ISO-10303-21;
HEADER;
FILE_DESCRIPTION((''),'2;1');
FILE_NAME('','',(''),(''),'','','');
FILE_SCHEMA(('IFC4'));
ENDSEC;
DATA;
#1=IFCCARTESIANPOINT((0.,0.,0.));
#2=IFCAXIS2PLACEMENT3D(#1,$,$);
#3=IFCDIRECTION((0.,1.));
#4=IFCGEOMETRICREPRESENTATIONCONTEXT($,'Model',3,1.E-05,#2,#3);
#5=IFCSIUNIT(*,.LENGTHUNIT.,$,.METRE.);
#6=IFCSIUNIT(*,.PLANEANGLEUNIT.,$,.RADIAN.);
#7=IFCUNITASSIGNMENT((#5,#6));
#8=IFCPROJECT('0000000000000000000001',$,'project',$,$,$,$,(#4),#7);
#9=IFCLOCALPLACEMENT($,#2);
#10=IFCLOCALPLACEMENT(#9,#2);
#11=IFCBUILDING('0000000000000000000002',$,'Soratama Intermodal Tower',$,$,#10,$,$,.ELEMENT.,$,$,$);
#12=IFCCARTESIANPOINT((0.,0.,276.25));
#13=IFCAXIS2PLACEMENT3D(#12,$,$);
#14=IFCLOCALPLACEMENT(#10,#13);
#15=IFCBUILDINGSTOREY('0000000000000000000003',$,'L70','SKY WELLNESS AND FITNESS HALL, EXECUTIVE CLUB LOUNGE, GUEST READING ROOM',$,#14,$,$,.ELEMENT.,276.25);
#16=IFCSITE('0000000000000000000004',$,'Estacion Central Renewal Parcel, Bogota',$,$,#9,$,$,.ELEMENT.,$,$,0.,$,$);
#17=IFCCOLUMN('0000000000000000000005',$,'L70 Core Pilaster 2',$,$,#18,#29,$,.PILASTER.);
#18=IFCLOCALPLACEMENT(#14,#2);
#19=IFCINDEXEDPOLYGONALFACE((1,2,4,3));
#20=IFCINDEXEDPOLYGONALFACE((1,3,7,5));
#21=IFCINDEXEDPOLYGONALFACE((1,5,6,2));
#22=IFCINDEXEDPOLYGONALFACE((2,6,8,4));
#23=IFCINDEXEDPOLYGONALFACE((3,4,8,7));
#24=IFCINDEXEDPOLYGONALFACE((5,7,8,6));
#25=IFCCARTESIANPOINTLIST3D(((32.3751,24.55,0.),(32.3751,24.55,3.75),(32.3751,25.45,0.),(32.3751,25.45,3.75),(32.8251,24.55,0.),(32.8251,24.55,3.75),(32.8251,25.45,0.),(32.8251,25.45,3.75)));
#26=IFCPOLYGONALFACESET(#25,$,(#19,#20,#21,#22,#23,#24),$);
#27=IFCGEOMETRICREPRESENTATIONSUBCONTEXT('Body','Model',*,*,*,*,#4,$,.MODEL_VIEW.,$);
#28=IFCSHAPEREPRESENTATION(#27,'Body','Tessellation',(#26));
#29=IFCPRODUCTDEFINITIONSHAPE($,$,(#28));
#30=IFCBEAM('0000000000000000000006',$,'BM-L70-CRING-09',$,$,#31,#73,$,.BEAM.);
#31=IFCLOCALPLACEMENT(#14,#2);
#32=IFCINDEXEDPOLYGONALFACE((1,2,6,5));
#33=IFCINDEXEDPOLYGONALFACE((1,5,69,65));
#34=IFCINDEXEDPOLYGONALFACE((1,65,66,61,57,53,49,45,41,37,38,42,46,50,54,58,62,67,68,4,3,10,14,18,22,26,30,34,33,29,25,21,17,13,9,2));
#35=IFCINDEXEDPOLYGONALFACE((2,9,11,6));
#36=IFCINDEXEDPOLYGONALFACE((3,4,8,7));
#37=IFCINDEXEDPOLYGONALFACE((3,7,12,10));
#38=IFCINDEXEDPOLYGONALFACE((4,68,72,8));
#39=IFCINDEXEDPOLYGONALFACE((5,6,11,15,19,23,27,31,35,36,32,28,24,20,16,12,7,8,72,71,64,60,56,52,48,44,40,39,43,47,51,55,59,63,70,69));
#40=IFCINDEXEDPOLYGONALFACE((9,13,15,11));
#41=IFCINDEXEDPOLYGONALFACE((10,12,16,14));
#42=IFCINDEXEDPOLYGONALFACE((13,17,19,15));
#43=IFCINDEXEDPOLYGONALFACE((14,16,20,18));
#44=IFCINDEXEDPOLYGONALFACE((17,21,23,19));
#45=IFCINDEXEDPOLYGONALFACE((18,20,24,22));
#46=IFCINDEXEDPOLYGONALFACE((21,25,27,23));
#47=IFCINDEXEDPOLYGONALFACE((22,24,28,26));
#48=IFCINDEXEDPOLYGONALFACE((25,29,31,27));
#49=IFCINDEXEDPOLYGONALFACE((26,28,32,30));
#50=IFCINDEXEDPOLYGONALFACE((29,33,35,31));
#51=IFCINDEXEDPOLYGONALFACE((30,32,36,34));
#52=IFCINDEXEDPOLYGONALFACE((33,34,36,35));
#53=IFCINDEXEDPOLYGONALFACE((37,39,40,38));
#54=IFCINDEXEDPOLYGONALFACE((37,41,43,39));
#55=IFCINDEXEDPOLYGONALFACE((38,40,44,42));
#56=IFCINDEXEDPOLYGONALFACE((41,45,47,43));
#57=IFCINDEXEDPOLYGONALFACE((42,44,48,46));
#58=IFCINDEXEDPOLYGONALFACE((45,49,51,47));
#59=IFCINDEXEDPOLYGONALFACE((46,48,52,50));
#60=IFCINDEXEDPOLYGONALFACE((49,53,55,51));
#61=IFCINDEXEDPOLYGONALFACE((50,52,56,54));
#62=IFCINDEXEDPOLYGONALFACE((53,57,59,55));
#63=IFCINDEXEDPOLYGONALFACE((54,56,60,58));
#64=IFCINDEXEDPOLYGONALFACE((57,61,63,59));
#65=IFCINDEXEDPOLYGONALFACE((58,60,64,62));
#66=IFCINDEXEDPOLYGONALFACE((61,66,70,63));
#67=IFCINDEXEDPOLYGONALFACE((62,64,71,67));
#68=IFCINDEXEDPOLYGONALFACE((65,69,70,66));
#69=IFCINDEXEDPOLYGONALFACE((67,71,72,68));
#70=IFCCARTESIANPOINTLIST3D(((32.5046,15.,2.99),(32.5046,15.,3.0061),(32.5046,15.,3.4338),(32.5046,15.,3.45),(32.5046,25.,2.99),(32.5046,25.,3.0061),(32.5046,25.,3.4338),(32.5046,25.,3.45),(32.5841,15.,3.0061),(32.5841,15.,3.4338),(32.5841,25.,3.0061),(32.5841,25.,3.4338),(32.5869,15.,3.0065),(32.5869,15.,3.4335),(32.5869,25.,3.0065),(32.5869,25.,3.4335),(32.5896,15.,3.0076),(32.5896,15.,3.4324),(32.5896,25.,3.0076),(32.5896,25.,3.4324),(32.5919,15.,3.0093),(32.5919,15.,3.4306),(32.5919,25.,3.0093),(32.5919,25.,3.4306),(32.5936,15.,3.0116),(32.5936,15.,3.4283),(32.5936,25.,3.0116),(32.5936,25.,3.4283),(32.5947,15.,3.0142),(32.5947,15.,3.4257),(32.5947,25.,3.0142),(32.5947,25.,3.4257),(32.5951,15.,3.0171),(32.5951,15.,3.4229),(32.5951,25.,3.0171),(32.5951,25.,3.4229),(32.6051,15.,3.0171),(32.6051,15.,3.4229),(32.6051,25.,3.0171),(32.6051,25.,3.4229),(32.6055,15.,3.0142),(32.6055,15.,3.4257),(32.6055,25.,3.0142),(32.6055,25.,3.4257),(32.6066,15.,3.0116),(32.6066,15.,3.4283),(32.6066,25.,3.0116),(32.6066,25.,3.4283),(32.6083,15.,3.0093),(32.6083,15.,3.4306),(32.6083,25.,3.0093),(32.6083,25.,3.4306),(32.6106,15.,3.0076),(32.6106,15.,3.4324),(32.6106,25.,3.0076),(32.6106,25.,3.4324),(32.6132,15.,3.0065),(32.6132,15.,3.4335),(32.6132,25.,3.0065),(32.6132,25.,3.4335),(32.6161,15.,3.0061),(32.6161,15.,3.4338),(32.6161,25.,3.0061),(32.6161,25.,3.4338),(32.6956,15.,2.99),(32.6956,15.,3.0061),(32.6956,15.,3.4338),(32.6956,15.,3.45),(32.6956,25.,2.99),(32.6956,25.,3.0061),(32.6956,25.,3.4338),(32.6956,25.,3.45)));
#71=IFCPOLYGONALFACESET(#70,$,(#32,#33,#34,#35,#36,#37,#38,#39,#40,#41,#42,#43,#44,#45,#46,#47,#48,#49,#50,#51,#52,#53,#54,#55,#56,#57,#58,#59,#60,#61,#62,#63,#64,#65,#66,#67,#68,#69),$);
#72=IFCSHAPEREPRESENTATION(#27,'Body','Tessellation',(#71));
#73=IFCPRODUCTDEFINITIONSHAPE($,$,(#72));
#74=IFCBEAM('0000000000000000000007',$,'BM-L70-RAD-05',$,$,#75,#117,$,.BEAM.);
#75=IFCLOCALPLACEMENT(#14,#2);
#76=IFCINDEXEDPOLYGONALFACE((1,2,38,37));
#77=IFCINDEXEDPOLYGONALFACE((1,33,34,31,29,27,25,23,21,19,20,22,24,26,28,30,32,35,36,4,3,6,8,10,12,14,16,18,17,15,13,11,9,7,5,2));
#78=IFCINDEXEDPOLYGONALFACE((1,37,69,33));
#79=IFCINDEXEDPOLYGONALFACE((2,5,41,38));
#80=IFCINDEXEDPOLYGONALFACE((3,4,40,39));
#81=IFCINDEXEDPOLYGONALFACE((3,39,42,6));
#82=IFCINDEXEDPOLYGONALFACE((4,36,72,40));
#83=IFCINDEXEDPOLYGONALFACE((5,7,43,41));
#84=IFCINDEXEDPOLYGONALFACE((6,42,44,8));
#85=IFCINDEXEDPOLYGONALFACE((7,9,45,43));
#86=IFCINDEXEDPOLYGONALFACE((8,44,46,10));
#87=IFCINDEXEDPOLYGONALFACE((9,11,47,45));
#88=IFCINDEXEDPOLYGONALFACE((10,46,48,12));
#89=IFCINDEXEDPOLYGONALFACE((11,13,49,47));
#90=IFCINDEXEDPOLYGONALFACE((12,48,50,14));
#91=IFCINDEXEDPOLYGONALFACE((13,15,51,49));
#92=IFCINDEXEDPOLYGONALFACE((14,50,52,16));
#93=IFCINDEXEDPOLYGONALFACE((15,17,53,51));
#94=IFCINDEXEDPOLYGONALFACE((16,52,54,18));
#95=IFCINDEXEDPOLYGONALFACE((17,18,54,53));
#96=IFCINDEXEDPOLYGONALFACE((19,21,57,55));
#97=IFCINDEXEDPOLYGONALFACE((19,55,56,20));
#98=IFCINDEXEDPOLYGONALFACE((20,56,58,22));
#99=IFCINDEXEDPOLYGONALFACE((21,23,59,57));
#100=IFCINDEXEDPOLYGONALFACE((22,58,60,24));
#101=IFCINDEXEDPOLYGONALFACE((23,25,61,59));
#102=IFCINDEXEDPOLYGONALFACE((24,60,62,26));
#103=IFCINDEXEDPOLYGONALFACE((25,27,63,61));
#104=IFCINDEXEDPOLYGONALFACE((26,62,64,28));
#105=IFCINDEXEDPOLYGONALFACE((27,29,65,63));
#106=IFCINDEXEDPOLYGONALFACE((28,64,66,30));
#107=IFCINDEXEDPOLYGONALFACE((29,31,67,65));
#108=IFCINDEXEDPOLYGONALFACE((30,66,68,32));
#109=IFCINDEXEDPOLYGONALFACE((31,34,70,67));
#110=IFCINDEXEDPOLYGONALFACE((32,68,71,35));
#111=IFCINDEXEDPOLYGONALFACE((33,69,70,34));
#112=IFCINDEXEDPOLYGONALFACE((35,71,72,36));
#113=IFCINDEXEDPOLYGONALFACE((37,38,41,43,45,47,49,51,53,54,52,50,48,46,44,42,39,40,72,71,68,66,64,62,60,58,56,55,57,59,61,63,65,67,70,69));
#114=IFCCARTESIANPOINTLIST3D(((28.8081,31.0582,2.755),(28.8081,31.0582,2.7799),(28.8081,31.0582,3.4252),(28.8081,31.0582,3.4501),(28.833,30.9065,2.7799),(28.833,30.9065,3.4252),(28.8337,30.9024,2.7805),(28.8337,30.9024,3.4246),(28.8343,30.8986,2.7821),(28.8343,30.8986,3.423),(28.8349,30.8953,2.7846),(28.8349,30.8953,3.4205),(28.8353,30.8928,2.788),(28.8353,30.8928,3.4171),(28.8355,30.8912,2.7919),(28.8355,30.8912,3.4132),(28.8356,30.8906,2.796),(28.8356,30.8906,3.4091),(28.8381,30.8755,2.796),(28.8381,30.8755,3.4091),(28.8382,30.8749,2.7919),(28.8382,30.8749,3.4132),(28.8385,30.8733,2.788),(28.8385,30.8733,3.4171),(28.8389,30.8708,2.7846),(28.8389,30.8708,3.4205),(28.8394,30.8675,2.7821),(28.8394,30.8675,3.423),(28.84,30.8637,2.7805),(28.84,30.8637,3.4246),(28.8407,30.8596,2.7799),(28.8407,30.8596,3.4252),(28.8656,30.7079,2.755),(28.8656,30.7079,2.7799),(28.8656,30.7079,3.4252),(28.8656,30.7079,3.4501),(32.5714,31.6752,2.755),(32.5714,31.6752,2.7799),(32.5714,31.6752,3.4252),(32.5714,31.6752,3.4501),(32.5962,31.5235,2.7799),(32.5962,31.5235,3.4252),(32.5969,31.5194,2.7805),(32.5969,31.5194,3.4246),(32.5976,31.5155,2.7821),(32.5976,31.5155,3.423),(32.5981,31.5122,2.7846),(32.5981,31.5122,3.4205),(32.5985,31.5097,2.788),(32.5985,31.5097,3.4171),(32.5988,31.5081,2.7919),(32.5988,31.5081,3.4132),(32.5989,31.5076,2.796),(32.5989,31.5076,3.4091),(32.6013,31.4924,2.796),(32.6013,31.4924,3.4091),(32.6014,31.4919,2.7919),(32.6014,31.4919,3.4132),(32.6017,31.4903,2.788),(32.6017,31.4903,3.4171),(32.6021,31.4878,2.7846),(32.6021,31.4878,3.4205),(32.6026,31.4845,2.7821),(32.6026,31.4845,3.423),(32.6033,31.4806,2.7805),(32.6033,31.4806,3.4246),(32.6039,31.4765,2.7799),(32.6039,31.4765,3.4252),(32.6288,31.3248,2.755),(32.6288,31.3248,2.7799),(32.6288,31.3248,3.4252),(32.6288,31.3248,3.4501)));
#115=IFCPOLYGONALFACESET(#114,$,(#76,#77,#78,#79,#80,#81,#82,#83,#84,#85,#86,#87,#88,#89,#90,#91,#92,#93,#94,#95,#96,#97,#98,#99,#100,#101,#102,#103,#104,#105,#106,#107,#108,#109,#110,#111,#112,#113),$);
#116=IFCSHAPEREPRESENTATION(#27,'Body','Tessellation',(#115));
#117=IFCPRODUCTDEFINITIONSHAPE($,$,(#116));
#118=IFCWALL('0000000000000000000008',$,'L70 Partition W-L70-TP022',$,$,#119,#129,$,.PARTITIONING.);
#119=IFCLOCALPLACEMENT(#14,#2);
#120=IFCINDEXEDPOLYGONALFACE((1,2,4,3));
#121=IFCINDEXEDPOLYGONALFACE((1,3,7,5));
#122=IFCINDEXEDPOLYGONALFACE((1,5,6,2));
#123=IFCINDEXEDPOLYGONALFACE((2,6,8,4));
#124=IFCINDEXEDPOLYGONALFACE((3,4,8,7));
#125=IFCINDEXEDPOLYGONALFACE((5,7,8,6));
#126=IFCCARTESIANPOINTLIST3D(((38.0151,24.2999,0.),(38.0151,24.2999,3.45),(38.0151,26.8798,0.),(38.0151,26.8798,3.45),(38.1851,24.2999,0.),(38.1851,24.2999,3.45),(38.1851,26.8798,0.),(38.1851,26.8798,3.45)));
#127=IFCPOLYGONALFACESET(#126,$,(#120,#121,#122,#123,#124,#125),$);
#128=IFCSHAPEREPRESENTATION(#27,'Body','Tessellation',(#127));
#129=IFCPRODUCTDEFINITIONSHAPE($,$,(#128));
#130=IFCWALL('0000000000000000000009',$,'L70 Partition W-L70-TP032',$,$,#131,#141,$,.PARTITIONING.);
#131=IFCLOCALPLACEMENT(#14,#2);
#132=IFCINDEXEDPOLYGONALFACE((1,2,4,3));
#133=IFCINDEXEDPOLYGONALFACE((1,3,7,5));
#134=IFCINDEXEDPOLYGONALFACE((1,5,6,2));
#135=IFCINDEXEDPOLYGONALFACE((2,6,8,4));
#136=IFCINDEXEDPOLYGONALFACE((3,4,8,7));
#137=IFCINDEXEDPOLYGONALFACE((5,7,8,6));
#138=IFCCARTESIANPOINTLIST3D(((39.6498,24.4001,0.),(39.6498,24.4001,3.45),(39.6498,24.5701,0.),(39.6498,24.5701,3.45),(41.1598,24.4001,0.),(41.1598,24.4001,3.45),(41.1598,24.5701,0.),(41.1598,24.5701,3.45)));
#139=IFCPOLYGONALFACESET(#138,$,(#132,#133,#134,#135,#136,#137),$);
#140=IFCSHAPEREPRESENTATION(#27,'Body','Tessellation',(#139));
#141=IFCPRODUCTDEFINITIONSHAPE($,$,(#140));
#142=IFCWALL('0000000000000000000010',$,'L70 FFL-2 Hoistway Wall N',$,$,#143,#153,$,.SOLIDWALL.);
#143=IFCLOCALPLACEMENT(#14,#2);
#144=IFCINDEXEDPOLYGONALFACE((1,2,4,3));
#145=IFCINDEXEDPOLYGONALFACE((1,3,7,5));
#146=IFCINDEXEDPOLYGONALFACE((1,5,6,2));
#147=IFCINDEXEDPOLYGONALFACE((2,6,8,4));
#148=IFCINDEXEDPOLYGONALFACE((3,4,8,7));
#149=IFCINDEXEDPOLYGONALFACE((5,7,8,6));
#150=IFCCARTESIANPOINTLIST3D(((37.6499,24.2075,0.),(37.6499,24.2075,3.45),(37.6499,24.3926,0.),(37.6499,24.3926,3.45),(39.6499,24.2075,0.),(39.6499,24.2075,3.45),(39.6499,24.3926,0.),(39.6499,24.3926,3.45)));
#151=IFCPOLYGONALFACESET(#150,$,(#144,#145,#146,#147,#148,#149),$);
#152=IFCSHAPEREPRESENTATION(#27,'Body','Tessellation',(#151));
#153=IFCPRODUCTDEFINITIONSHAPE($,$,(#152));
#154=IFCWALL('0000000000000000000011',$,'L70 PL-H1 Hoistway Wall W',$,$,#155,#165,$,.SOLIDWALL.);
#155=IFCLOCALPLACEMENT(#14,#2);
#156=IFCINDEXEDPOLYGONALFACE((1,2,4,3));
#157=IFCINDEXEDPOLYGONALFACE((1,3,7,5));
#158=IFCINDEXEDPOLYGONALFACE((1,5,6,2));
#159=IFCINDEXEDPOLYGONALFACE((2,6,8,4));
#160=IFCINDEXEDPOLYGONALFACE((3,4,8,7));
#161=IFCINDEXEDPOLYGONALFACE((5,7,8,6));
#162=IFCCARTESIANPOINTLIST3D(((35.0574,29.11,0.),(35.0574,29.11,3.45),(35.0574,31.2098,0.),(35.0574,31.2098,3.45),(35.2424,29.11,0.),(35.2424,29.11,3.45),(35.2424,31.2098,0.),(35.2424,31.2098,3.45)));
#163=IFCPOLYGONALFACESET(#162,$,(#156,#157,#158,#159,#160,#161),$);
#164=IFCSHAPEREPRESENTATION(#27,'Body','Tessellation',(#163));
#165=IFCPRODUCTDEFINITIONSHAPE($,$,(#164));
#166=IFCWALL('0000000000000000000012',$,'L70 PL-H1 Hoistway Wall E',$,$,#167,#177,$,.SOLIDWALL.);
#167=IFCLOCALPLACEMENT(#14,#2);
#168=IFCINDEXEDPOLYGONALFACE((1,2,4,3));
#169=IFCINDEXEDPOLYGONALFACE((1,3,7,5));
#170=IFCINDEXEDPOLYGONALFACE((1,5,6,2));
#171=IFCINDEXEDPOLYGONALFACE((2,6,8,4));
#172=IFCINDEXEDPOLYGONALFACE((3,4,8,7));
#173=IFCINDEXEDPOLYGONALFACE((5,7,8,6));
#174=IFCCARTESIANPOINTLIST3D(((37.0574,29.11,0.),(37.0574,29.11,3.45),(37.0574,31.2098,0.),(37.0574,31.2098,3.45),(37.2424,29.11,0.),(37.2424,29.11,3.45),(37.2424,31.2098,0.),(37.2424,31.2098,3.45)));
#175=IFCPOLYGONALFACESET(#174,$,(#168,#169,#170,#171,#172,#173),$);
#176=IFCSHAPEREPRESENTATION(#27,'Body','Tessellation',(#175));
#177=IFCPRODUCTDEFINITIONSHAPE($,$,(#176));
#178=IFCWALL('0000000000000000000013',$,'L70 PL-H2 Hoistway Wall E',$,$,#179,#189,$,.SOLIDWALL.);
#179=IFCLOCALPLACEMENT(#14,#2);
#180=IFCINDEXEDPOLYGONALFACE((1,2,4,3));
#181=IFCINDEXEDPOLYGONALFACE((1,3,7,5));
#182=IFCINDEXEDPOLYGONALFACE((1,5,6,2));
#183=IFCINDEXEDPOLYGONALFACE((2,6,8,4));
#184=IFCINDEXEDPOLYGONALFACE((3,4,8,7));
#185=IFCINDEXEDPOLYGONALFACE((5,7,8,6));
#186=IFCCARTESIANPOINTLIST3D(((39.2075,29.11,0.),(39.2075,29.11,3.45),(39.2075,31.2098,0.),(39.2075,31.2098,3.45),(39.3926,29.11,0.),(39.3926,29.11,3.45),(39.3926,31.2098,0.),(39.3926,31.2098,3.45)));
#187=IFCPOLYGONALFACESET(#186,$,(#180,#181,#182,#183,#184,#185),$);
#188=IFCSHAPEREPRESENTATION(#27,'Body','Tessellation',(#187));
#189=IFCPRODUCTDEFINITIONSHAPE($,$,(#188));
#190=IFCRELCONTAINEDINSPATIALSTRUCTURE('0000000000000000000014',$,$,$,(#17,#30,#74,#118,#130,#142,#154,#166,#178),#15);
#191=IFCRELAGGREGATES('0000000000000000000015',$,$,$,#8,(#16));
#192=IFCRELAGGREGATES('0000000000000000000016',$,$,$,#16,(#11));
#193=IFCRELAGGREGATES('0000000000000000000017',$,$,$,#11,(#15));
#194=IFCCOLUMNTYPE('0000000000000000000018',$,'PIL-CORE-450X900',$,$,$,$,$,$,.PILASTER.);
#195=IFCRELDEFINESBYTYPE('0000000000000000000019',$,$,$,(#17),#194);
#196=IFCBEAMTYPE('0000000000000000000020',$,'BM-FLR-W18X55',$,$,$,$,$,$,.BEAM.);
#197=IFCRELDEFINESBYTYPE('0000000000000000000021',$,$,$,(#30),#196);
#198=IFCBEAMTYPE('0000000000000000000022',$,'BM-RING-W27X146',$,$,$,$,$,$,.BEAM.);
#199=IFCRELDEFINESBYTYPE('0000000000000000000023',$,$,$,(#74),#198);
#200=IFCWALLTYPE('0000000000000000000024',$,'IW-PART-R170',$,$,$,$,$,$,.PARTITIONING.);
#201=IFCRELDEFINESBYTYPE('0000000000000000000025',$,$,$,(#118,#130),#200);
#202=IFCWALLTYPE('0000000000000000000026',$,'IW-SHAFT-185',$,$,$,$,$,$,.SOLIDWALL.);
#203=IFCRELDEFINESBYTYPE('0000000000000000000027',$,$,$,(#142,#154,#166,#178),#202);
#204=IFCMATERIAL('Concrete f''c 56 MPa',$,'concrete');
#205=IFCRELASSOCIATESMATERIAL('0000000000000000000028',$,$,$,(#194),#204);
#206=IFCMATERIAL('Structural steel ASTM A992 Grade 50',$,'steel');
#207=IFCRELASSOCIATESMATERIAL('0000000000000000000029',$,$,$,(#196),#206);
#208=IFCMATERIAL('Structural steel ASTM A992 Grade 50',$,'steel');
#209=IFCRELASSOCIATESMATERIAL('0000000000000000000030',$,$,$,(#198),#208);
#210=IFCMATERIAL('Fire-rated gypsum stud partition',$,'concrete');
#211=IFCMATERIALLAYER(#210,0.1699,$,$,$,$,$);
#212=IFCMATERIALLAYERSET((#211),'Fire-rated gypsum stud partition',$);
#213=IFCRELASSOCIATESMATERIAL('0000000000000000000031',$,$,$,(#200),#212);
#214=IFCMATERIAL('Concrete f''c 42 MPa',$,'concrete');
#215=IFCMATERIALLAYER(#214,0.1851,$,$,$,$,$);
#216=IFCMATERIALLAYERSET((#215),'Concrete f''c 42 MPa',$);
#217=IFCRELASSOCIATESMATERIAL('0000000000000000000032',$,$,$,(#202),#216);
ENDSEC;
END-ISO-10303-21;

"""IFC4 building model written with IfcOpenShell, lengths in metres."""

from ifc_helpers import new_model, si_unit, direction, frame, frame_2d, origin, origin_2d, place, context, subcontext, project, spatial, rectangle, i_section, extrude, material, layer, layer_set, material_profile, profile_set, type_object, element, save


model = new_model("IFC4")

# Units and contexts
model_context = context("Model", 3, precision=1e-05, world=origin(), true_north=direction((0.0, 1.0)))
body_context = subcontext(model_context, "Body", "Model", "MODEL_VIEW")
ifc_project = project(units=[si_unit("LENGTHUNIT", "METRE"), si_unit("PLANEANGLEUNIT", "RADIAN")], contexts=[model_context])

# Site, building, storey
site_placement = place(None, origin())
site = spatial("IfcSite", under=ifc_project, at=site_placement, Name="Estacion Central Renewal Parcel, Bogota", CompositionType="ELEMENT", RefElevation=0.0)
building_placement = place(site_placement, origin())
building = spatial("IfcBuilding", under=site, at=building_placement, Name="Soratama Intermodal Tower", CompositionType="ELEMENT")
storey_placement = place(building_placement, frame((0.0, 0.0, 276.25)))
storey = spatial("IfcBuildingStorey", under=building, at=storey_placement, Name="L70", Description="SKY WELLNESS AND FITNESS HALL, EXECUTIVE CLUB LOUNGE, GUEST READING ROOM", CompositionType="ELEMENT", Elevation=276.25)

# Column
ifc_material_1 = material(Name="Concrete f'c 56 MPa", Category="concrete")
ifc_material_profile_1 = material_profile(ifc_material_1, rectangle(XDim=0.45, YDim=0.8999, at=origin_2d()), Name="RC450X900")
ifc_profile_set_1 = profile_set([ifc_material_profile_1], Name="Concrete f'c 56 MPa")
column_type = type_object("IfcColumnType", Name="PIL-CORE-450X900", PredefinedType="PILASTER", material=ifc_profile_set_1)
column_placement = place(storey_placement, frame((32.6001, 25.0, 0.0), z_axis=(0.0, 0.0, 1.0), x_axis=(1.0, 0.0, 0.0)))
element("IfcColumn", 1, at=column_placement, inside=storey, type_object=column_type, Name="L70 Core Pilaster 2", PredefinedType="PILASTER", context=body_context, shape_type="SweptSolid", body=[
    extrude(rectangle(XDim=0.45, YDim=0.8999, at=origin_2d()), origin(), (0.0, 0.0, 1.0), 3.75),
])

# Beams
ifc_material_2 = material(Name="Structural steel ASTM A992 Grade 50", Category="steel")
ifc_material_profile_2 = material_profile(ifc_material_2, i_section(OverallWidth=0.1909, OverallDepth=0.46, WebThickness=0.01, FlangeThickness=0.0161, FilletRadius=0.011, at=origin_2d()), Name="W18X55")
ifc_profile_set_2 = profile_set([ifc_material_profile_2], Name="Structural steel ASTM A992 Grade 50")
beam_type_1 = type_object("IfcBeamType", Name="BM-FLR-W18X55", PredefinedType="BEAM", material=ifc_profile_set_2)
beam_1_placement = place(storey_placement, frame((32.6001, 25.0, 3.22), z_axis=(0.0, -1.0, 0.0), x_axis=(1.0, 0.0, 0.0)))
element("IfcBeam", 2, at=beam_1_placement, inside=storey, type_object=beam_type_1, Name="BM-L70-CRING-09", PredefinedType="BEAM", context=body_context, shape_type="SweptSolid", body=[
    extrude(i_section(OverallWidth=0.1909, OverallDepth=0.46, WebThickness=0.01, FlangeThickness=0.0161, FilletRadius=0.011, at=origin_2d()), origin(), (0.0, 0.0, 1.0), 10.0),
])
ifc_material_3 = material(Name="Structural steel ASTM A992 Grade 50", Category="steel")
ifc_material_profile_3 = material_profile(ifc_material_3, i_section(OverallWidth=0.355, OverallDepth=0.6951, WebThickness=0.0154, FlangeThickness=0.0249, FilletRadius=0.0161, at=origin_2d()), Name="W27X146")
ifc_profile_set_3 = profile_set([ifc_material_profile_3], Name="Structural steel ASTM A992 Grade 50")
beam_type_2 = type_object("IfcBeamType", Name="BM-RING-W27X146", PredefinedType="BEAM", material=ifc_profile_set_3)
beam_2_placement = place(storey_placement, frame((32.6001, 31.5, 3.1025), z_axis=(-0.986826, -0.161782, 0.0), x_axis=(0.161782, -0.986826, 0.0)))
element("IfcBeam", 3, at=beam_2_placement, inside=storey, type_object=beam_type_2, Name="BM-L70-RAD-05", PredefinedType="BEAM", context=body_context, shape_type="SweptSolid", body=[
    extrude(i_section(OverallWidth=0.355, OverallDepth=0.6951, WebThickness=0.0154, FlangeThickness=0.0249, FilletRadius=0.0161, at=origin_2d()), origin(), (0.0, 0.0, 1.0), 3.8135),
])

# Shared definitions
ifc_material_4 = material(Name="Fire-rated gypsum stud partition", Category="concrete")
ifc_layer_1 = layer(ifc_material_4, 0.1699)
ifc_layer_set_1 = layer_set([ifc_layer_1], Name="Fire-rated gypsum stud partition")
wall_type_1 = type_object("IfcWallType", Name="IW-PART-R170", PredefinedType="PARTITIONING", material=ifc_layer_set_1)

# Walls
wall_1_placement = place(storey_placement, frame((38.1001, 26.8799, 0.0), z_axis=(0.0, 0.0, 1.0), x_axis=(0.0, -1.0, 0.0)))
element("IfcWall", 4, at=wall_1_placement, inside=storey, type_object=wall_type_1, Name="L70 Partition W-L70-TP022", PredefinedType="PARTITIONING", context=body_context, shape_type="SweptSolid", body=[
    extrude(rectangle(XDim=2.5798, YDim=0.1699, at=frame_2d((1.29, 0.0))), origin(), (0.0, 0.0, 1.0), 3.45),
])
wall_2_placement = place(storey_placement, frame((39.6499, 24.4851, 0.0), z_axis=(0.0, 0.0, 1.0), x_axis=(1.0, 0.0, 0.0)))
element("IfcWall", 5, at=wall_2_placement, inside=storey, type_object=wall_type_1, Name="L70 Partition W-L70-TP032", PredefinedType="PARTITIONING", context=body_context, shape_type="SweptSolid", body=[
    extrude(rectangle(XDim=1.51, YDim=0.1699, at=frame_2d((0.7549, 0.0))), origin(), (0.0, 0.0, 1.0), 3.45),
])
ifc_material_5 = material(Name="Concrete f'c 42 MPa", Category="concrete")
ifc_layer_2 = layer(ifc_material_5, 0.1851)
ifc_layer_set_2 = layer_set([ifc_layer_2], Name="Concrete f'c 42 MPa")
wall_type_2 = type_object("IfcWallType", Name="IW-SHAFT-185", PredefinedType="SOLIDWALL", material=ifc_layer_set_2)
wall_3_placement = place(storey_placement, frame((37.6499, 24.3, 0.0), z_axis=(0.0, 0.0, 1.0), x_axis=(1.0, 0.0, 0.0)))
element("IfcWall", 6, at=wall_3_placement, inside=storey, type_object=wall_type_2, Name="L70 FFL-2 Hoistway Wall N", PredefinedType="SOLIDWALL", context=body_context, shape_type="SweptSolid", body=[
    extrude(rectangle(XDim=2.0, YDim=0.1851, at=frame_2d((1.0, 0.0))), origin(), (0.0, 0.0, 1.0), 3.45),
])

# Walls
for number, where, z_axis, x_axis, name in (
    (7, (35.1499, 29.1101, 0.0), (0.0, 0.0, 1.0), (0.0, 1.0, 0.0), "L70 PL-H1 Hoistway Wall W"),
    (8, (37.1499, 29.1101, 0.0), (0.0, 0.0, 1.0), (0.0, 1.0, 0.0), "L70 PL-H1 Hoistway Wall E"),
):
    element("IfcWall", number, at=place(storey_placement, frame(where, z_axis=z_axis, x_axis=x_axis)), inside=storey, type_object=wall_type_2, Name=name, PredefinedType="SOLIDWALL", context=body_context, shape_type="SweptSolid", body=[
        extrude(rectangle(XDim=2.0999, YDim=0.1851, at=frame_2d((1.0498, 0.0))), origin(), (0.0, 0.0, 1.0), 3.45),
    ])

# Wall
wall_4_placement = place(storey_placement, frame((39.3, 29.1101, 0.0), z_axis=(0.0, 0.0, 1.0), x_axis=(0.0, 1.0, 0.0)))
element("IfcWall", 9, at=wall_4_placement, inside=storey, type_object=wall_type_2, Name="L70 PL-H2 Hoistway Wall E", PredefinedType="SOLIDWALL", context=body_context, shape_type="SweptSolid", body=[
    extrude(rectangle(XDim=2.0999, YDim=0.1851, at=frame_2d((1.0498, 0.0))), origin(), (0.0, 0.0, 1.0), 3.45),
])

save(model, "model.ifc")
